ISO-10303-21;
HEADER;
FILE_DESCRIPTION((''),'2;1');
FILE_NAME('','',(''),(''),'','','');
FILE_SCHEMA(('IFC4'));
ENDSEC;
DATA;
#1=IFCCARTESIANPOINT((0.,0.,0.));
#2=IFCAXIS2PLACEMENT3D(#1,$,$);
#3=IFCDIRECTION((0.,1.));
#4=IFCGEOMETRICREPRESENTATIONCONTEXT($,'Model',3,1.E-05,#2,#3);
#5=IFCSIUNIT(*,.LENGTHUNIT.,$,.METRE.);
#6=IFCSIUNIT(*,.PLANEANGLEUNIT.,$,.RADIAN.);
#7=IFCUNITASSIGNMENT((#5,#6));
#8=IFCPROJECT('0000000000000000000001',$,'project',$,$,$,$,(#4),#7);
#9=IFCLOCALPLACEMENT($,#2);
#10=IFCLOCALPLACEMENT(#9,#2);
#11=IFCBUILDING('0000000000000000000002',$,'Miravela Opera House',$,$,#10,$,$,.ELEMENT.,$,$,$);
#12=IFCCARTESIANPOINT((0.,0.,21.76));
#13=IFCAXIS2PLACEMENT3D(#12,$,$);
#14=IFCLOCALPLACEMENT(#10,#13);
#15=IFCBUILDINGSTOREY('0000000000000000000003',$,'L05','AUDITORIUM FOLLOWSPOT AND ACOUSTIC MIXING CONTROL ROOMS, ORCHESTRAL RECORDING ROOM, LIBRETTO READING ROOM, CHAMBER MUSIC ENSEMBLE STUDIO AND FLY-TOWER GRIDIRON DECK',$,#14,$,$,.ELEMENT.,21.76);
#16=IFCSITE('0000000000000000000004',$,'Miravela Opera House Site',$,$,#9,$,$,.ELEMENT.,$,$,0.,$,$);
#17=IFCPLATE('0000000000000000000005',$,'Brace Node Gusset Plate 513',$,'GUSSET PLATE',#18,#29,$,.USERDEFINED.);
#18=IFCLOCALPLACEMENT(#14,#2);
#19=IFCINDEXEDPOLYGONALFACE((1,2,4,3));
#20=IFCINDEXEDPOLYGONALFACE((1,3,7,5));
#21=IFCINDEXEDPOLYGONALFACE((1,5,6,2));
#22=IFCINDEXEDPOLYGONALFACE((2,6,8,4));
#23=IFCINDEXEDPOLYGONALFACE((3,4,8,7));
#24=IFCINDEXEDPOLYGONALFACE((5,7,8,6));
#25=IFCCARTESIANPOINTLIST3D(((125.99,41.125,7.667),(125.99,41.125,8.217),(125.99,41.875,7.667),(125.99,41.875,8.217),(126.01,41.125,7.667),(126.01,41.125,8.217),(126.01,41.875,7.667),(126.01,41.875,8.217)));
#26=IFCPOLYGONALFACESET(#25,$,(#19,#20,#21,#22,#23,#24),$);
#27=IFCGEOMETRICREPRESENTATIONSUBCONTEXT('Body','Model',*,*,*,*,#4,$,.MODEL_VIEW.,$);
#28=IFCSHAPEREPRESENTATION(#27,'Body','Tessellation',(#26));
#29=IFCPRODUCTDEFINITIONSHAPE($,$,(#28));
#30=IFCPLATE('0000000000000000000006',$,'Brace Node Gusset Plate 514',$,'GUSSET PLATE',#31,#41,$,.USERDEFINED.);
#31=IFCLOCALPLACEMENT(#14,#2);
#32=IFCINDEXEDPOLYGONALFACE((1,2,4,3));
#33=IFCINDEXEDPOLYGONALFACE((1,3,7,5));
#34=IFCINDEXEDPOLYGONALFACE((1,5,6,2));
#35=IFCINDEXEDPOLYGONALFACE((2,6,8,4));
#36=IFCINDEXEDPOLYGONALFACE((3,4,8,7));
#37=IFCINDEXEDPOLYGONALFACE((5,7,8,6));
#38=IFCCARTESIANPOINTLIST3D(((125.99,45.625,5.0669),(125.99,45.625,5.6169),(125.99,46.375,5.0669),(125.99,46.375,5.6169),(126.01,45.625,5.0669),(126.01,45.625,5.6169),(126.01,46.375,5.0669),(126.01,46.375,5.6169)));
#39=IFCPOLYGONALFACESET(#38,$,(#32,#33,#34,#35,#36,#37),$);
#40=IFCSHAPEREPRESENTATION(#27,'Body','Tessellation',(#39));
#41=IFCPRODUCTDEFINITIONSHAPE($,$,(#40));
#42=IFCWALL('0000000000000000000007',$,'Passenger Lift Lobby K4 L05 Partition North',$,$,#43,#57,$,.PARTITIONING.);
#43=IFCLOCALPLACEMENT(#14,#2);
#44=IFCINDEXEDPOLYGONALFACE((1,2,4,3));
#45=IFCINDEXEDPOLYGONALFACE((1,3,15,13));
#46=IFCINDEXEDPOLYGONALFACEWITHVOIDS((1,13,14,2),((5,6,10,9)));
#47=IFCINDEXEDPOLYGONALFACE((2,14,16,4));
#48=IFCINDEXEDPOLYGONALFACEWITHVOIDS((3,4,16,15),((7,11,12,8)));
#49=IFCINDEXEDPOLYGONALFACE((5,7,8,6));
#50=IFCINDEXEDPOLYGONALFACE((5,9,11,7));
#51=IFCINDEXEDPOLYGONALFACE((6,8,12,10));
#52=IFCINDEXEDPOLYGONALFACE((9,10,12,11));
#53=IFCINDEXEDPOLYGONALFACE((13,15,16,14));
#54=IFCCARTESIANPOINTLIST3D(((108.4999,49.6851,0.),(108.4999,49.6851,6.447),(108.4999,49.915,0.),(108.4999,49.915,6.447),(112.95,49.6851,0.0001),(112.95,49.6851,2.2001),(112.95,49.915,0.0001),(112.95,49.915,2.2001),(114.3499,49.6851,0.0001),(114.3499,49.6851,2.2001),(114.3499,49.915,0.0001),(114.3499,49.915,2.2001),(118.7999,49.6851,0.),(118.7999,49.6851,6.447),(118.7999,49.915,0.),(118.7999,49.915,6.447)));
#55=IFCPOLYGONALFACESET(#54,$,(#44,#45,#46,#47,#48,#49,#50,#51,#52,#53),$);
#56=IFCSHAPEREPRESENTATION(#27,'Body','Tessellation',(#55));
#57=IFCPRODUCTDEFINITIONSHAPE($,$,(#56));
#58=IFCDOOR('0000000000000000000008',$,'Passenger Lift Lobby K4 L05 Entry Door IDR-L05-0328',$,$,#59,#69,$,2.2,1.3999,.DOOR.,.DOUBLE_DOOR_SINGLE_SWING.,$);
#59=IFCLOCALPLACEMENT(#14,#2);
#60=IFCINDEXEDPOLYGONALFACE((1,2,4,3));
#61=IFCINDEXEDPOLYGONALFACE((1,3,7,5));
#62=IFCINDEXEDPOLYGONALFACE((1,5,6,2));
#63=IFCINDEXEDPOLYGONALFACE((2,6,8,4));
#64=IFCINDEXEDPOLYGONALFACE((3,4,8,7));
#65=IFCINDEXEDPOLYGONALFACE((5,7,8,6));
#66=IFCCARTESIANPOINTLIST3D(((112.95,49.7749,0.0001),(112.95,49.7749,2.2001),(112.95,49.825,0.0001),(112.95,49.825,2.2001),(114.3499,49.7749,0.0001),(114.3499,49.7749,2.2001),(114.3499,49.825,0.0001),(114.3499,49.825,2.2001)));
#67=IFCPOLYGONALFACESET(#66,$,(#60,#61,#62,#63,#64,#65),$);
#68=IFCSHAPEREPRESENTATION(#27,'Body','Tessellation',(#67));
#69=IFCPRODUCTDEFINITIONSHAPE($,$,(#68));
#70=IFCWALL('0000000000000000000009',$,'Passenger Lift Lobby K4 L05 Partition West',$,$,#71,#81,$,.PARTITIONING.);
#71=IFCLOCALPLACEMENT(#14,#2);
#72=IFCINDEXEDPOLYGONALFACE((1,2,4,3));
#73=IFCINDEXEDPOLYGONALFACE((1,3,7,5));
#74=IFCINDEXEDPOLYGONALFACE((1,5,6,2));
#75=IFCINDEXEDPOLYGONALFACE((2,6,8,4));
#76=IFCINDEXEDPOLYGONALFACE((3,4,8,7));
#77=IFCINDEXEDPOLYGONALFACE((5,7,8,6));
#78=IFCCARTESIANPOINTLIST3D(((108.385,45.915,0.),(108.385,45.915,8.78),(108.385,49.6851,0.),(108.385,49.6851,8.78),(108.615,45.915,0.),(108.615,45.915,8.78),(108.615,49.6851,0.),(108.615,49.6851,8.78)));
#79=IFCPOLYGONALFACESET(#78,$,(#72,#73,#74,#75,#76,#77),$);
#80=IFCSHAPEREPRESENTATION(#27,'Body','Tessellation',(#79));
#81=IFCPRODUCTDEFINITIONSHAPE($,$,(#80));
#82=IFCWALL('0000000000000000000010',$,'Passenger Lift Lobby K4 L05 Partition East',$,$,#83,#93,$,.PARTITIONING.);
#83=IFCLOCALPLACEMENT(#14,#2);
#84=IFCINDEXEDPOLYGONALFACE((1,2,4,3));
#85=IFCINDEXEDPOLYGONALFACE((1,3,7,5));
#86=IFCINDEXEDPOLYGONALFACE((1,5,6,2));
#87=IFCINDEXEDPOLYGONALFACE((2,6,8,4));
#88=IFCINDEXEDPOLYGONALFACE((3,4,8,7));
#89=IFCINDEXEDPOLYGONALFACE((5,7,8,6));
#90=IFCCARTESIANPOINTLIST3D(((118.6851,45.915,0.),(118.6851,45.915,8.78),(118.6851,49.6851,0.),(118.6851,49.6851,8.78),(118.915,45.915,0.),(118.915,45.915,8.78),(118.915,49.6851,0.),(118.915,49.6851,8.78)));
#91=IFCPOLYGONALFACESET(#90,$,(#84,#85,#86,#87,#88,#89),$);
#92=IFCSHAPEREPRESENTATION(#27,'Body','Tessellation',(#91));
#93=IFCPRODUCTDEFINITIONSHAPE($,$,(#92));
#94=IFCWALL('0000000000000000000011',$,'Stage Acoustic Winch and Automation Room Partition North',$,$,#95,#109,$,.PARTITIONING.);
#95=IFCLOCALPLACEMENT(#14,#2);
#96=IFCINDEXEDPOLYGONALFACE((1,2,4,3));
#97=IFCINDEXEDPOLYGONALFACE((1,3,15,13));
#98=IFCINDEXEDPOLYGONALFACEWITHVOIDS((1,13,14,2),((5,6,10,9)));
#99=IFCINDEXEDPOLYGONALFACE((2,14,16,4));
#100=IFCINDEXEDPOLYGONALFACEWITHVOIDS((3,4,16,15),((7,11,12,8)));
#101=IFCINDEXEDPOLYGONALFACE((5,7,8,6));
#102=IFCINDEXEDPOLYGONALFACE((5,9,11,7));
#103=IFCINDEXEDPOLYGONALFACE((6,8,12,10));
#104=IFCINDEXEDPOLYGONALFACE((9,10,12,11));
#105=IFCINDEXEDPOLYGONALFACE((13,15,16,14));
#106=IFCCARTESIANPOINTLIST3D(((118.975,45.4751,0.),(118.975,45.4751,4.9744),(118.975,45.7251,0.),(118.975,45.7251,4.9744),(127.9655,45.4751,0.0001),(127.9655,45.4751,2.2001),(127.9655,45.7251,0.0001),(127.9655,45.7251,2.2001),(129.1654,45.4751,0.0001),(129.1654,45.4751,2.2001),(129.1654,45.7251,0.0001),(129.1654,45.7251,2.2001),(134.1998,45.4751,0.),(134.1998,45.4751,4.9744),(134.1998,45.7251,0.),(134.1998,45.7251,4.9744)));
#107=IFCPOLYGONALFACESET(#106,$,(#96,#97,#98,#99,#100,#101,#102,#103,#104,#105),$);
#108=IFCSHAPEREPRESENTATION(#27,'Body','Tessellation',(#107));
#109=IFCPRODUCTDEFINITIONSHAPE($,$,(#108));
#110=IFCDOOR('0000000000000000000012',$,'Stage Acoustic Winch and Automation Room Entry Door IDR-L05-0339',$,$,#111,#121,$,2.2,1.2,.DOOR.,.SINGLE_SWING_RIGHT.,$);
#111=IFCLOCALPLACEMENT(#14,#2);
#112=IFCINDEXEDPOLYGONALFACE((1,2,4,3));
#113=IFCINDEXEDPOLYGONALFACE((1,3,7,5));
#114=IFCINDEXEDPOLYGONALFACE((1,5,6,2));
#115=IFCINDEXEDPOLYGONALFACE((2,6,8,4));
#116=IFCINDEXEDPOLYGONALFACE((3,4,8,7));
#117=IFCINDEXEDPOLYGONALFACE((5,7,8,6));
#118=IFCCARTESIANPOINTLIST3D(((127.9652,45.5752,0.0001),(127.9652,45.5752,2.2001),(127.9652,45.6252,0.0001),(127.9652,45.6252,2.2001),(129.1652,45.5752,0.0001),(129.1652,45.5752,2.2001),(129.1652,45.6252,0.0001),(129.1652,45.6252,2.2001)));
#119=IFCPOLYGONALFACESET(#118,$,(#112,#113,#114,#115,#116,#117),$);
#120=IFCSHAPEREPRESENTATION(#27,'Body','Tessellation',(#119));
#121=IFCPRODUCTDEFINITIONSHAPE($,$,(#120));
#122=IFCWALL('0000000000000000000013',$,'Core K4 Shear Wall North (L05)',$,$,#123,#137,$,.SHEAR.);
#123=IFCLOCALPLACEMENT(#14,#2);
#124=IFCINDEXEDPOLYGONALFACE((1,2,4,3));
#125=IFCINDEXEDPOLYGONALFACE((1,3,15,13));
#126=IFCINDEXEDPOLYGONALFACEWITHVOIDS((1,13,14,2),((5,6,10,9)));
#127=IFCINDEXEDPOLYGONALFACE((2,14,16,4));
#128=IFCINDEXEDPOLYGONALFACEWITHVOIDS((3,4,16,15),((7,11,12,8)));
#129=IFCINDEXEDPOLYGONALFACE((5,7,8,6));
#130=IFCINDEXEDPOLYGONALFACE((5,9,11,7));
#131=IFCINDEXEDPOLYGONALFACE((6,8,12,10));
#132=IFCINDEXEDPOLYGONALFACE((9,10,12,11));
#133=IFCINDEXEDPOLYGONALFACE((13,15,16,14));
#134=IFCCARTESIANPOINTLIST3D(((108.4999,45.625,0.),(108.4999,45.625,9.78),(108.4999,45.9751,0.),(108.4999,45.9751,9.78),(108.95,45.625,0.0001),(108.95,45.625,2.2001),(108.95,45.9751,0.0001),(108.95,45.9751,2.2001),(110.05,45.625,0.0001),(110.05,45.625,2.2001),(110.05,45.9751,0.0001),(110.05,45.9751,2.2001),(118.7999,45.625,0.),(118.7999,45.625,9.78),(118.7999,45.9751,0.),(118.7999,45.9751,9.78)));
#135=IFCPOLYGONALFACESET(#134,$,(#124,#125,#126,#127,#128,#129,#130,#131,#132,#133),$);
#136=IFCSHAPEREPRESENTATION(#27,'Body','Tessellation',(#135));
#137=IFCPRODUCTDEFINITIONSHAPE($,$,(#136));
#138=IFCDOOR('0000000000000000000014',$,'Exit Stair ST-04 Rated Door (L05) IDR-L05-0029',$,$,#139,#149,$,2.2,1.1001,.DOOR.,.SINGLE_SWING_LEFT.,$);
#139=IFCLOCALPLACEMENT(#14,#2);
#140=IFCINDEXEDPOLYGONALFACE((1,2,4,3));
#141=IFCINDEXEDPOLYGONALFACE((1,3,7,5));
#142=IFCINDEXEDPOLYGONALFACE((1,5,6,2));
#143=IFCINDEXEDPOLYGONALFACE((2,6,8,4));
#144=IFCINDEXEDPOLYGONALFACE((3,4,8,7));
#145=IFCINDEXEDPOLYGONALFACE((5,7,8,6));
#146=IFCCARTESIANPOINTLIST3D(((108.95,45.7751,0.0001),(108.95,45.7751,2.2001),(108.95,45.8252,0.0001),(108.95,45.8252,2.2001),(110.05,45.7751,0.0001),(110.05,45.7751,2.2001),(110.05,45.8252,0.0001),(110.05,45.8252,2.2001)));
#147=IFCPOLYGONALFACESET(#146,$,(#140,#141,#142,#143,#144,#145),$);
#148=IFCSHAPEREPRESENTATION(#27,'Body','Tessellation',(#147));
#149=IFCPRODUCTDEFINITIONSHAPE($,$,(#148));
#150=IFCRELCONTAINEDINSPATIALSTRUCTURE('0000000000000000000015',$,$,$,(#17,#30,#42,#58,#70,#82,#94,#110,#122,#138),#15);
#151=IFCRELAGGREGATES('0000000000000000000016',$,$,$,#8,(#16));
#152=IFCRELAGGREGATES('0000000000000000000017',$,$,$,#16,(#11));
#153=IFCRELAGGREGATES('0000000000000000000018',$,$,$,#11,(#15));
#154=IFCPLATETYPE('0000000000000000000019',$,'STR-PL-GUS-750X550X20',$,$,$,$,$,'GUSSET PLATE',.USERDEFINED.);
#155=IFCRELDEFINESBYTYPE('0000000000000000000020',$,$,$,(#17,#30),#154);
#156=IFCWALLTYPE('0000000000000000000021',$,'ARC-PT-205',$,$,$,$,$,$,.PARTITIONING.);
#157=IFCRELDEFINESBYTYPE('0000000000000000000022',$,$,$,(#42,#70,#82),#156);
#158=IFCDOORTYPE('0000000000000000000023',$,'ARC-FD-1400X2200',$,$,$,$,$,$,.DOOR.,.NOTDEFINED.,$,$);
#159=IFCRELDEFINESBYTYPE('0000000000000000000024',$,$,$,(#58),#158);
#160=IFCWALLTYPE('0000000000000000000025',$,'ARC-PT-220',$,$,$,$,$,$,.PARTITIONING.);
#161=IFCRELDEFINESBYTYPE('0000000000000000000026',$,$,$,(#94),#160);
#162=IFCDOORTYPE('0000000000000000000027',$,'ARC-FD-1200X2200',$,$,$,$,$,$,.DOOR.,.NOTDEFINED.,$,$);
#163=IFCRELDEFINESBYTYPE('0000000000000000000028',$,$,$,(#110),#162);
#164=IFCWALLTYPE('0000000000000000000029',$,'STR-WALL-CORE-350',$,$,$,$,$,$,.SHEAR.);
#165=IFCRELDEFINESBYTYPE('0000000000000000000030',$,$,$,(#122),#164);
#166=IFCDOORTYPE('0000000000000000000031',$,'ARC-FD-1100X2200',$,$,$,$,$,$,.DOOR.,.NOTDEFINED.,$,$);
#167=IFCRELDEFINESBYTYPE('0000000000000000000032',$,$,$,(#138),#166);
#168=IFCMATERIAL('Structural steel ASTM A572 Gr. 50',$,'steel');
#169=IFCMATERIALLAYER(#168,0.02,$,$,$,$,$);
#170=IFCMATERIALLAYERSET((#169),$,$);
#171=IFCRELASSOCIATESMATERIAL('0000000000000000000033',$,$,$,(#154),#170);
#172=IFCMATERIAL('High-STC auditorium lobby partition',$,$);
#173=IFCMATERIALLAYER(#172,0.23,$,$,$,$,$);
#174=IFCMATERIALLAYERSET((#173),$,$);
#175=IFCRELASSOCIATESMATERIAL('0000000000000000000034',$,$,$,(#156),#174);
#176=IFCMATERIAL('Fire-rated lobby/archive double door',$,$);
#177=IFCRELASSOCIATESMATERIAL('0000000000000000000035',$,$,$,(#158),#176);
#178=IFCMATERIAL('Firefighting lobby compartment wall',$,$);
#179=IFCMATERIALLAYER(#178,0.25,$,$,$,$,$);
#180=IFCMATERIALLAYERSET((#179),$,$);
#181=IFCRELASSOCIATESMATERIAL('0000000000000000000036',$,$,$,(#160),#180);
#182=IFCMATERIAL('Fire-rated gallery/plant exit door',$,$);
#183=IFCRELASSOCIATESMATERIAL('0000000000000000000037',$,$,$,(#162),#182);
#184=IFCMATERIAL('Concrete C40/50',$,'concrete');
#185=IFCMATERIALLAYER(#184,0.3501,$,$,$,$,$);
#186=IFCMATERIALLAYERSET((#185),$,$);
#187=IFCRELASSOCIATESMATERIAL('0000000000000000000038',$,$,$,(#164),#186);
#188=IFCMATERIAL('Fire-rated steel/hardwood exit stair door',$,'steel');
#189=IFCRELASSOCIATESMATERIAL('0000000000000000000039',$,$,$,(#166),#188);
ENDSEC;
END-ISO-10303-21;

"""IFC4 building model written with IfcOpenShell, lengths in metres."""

from ifc_helpers import new_model, si_unit, direction, frame, frame_2d, origin, origin_2d, place, context, subcontext, project, spatial, rectangle, extrude, material, layer, layer_set, type_object, element, fill, save


model = new_model("IFC4")

# Units and contexts
model_context = context("Model", 3, precision=1e-05, world=origin(), true_north=direction((0.0, 1.0)))
body_context = subcontext(model_context, "Body", "Model", "MODEL_VIEW")
ifc_project = project(units=[si_unit("LENGTHUNIT", "METRE"), si_unit("PLANEANGLEUNIT", "RADIAN")], contexts=[model_context])

# Site, building, storey
site_placement = place(None, origin())
site = spatial("IfcSite", under=ifc_project, at=site_placement, Name="Miravela Opera House Site", CompositionType="ELEMENT", RefElevation=0.0)
building_placement = place(site_placement, origin())
building = spatial("IfcBuilding", under=site, at=building_placement, Name="Miravela Opera House", CompositionType="ELEMENT")
storey_placement = place(building_placement, frame((0.0, 0.0, 21.76)))
storey = spatial("IfcBuildingStorey", under=building, at=storey_placement, Name="L05", Description="AUDITORIUM FOLLOWSPOT AND ACOUSTIC MIXING CONTROL ROOMS, ORCHESTRAL RECORDING ROOM, LIBRETTO READING ROOM, CHAMBER MUSIC ENSEMBLE STUDIO AND FLY-TOWER GRIDIRON DECK", CompositionType="ELEMENT", Elevation=21.76)

# Plates
ifc_material_1 = material(Name="Structural steel ASTM A572 Gr. 50", Category="steel")
ifc_layer_1 = layer(ifc_material_1, 0.02)
ifc_layer_set_1 = layer_set([ifc_layer_1])
plate_type = type_object("IfcPlateType", Name="STR-PL-GUS-750X550X20", ElementType="GUSSET PLATE", PredefinedType="USERDEFINED", material=ifc_layer_set_1)
for number, where, z_axis, x_axis, name in (
    (1, (126.0, 41.5, 7.667), (0.0, 0.0, 1.0), (0.0, 1.0, 0.0), "Brace Node Gusset Plate 513"),
    (2, (126.0, 46.0, 5.0669), (0.0, 0.0, 1.0), (0.0, 1.0, 0.0), "Brace Node Gusset Plate 514"),
):
    element("IfcPlate", number, at=place(storey_placement, frame(where, z_axis=z_axis, x_axis=x_axis)), inside=storey, type_object=plate_type, Name=name, ObjectType="GUSSET PLATE", PredefinedType="USERDEFINED", context=body_context, shape_type="SweptSolid", body=[
        extrude(rectangle(XDim=0.75, YDim=0.02, at=origin_2d()), origin(), (0.0, 0.0, 1.0), 0.55),
    ])

# Wall, opening, door
ifc_material_2 = material(Name="High-STC auditorium lobby partition")
ifc_layer_2 = layer(ifc_material_2, 0.23)
ifc_layer_set_2 = layer_set([ifc_layer_2])
wall_type_1 = type_object("IfcWallType", Name="ARC-PT-205", PredefinedType="PARTITIONING", material=ifc_layer_set_2)
wall_1_placement = place(storey_placement, frame((108.5, 49.8, 0.0), z_axis=(0.0, 0.0, 1.0), x_axis=(1.0, 0.0, 0.0)))
wall_1 = element("IfcWall", 3, at=wall_1_placement, inside=storey, type_object=wall_type_1, Name="Passenger Lift Lobby K4 L05 Partition North", PredefinedType="PARTITIONING", context=body_context, shape_type="SweptSolid", body=[
    extrude(rectangle(XDim=10.3, YDim=0.23, at=frame_2d((5.1499, 0.0))), origin(), (0.0, 0.0, 1.0), 6.447),
])
opening_1_placement = place(wall_1_placement, frame((4.45, 0.0, 0.0)))
opening_1 = element("IfcOpeningElement", 4, at=opening_1_placement, cuts=wall_1, PredefinedType="OPENING", context=body_context, shape_type="SweptSolid", body=[
    extrude(rectangle(XDim=1.3999, YDim=2.2, at=frame_2d((0.7, 1.1001))), frame((0.0, 0.125, 0.0), z_axis=(0.0, -1.0, 0.0), x_axis=(1.0, 0.0, 0.0)), (0.0, 0.0, 1.0), 0.25),
])
ifc_material_3 = material(Name="Fire-rated lobby/archive double door")
door_type_1 = type_object("IfcDoorType", Name="ARC-FD-1400X2200", OperationType="NOTDEFINED", PredefinedType="DOOR", material=ifc_material_3)
door_1_placement = place(opening_1_placement, origin())
door_1 = element("IfcDoor", 5, at=door_1_placement, inside=storey, type_object=door_type_1, Name="Passenger Lift Lobby K4 L05 Entry Door IDR-L05-0328", OperationType="DOUBLE_DOOR_SINGLE_SWING", OverallHeight=2.2, OverallWidth=1.3999, PredefinedType="DOOR", context=body_context, shape_type="SweptSolid", body=[
    extrude(rectangle(XDim=1.3999, YDim=2.2, at=frame_2d((0.7, 1.1001))), frame((0.0, 0.0249, 0.0), z_axis=(0.0, -1.0, 0.0), x_axis=(1.0, 0.0, 0.0)), (0.0, 0.0, 1.0), 0.05),
])
fill(opening_1, door_1)

# Walls
for number, where, z_axis, x_axis, name in (
    (6, (108.5, 45.915, 0.0), (0.0, 0.0, 1.0), (0.0, 1.0, 0.0), "Passenger Lift Lobby K4 L05 Partition West"),
    (7, (118.8, 45.915, 0.0), (0.0, 0.0, 1.0), (0.0, 1.0, 0.0), "Passenger Lift Lobby K4 L05 Partition East"),
):
    element("IfcWall", number, at=place(storey_placement, frame(where, z_axis=z_axis, x_axis=x_axis)), inside=storey, type_object=wall_type_1, Name=name, PredefinedType="PARTITIONING", context=body_context, shape_type="SweptSolid", body=[
        extrude(rectangle(XDim=3.77, YDim=0.23, at=frame_2d((1.885, 0.0))), origin(), (0.0, 0.0, 1.0), 8.78),
    ])

# Walls, openings, doors
ifc_material_4 = material(Name="Firefighting lobby compartment wall")
ifc_layer_3 = layer(ifc_material_4, 0.25)
ifc_layer_set_3 = layer_set([ifc_layer_3])
wall_type_2 = type_object("IfcWallType", Name="ARC-PT-220", PredefinedType="PARTITIONING", material=ifc_layer_set_3)
wall_2_placement = place(storey_placement, frame((118.9751, 45.6001, 0.0), z_axis=(0.0, 0.0, 1.0), x_axis=(1.0, 0.0, 0.0)))
wall_2 = element("IfcWall", 8, at=wall_2_placement, inside=storey, type_object=wall_type_2, Name="Stage Acoustic Winch and Automation Room Partition North", PredefinedType="PARTITIONING", context=body_context, shape_type="SweptSolid", body=[
    extrude(rectangle(XDim=15.2249, YDim=0.25, at=frame_2d((7.6123, 0.0))), origin(), (0.0, 0.0, 1.0), 4.9744),
])
opening_2_placement = place(wall_2_placement, frame((8.9902, 0.0, 0.0)))
opening_2 = element("IfcOpeningElement", 9, at=opening_2_placement, cuts=wall_2, PredefinedType="OPENING", context=body_context, shape_type="SweptSolid", body=[
    extrude(rectangle(XDim=1.2, YDim=2.2, at=frame_2d((0.6001, 1.1001))), frame((0.0, 0.135, 0.0), z_axis=(0.0, -1.0, 0.0), x_axis=(1.0, 0.0, 0.0)), (0.0, 0.0, 1.0), 0.27),
])
ifc_material_5 = material(Name="Fire-rated gallery/plant exit door")
door_type_2 = type_object("IfcDoorType", Name="ARC-FD-1200X2200", OperationType="NOTDEFINED", PredefinedType="DOOR", material=ifc_material_5)
door_2_placement = place(opening_2_placement, frame((1.2, 0.0, 0.0), z_axis=(0.0, 0.0, 1.0), x_axis=(-1.0, 0.0, 0.0)))
door_2 = element("IfcDoor", 10, at=door_2_placement, inside=storey, type_object=door_type_2, Name="Stage Acoustic Winch and Automation Room Entry Door IDR-L05-0339", OperationType="SINGLE_SWING_RIGHT", OverallHeight=2.2, OverallWidth=1.2, PredefinedType="DOOR", context=body_context, shape_type="SweptSolid", body=[
    extrude(rectangle(XDim=1.2, YDim=2.2, at=frame_2d((0.6001, 1.1001))), frame((0.0, 0.0249, 0.0), z_axis=(0.0, -1.0, 0.0), x_axis=(1.0, 0.0, 0.0)), (0.0, 0.0, 1.0), 0.05),
])
fill(opening_2, door_2)
ifc_material_6 = material(Name="Concrete C40/50", Category="concrete")
ifc_layer_4 = layer(ifc_material_6, 0.3501)
ifc_layer_set_4 = layer_set([ifc_layer_4])
wall_type_3 = type_object("IfcWallType", Name="STR-WALL-CORE-350", PredefinedType="SHEAR", material=ifc_layer_set_4)
wall_3_placement = place(storey_placement, frame((108.5, 45.8, 0.0), z_axis=(0.0, 0.0, 1.0), x_axis=(1.0, 0.0, 0.0)))
wall_3 = element("IfcWall", 11, at=wall_3_placement, inside=storey, type_object=wall_type_3, Name="Core K4 Shear Wall North (L05)", PredefinedType="SHEAR", context=body_context, shape_type="SweptSolid", body=[
    extrude(rectangle(XDim=10.3, YDim=0.3501, at=frame_2d((5.1499, 0.0))), origin(), (0.0, 0.0, 1.0), 9.78),
])
opening_3_placement = place(wall_3_placement, frame((0.45, 0.0, 0.0)))
opening_3 = element("IfcOpeningElement", 12, at=opening_3_placement, cuts=wall_3, PredefinedType="OPENING", context=body_context, shape_type="SweptSolid", body=[
    extrude(rectangle(XDim=1.1001, YDim=2.2, at=frame_2d((0.55, 1.1001))), frame((0.0, 0.1851, 0.0), z_axis=(0.0, -1.0, 0.0), x_axis=(1.0, 0.0, 0.0)), (0.0, 0.0, 1.0), 0.3701),
])
ifc_material_7 = material(Name="Fire-rated steel/hardwood exit stair door", Category="steel")
door_type_3 = type_object("IfcDoorType", Name="ARC-FD-1100X2200", OperationType="NOTDEFINED", PredefinedType="DOOR", material=ifc_material_7)
door_3_placement = place(opening_3_placement, frame((1.1001, 0.0, 0.0), z_axis=(0.0, 0.0, 1.0), x_axis=(-1.0, 0.0, 0.0)))
door_3 = element("IfcDoor", 13, at=door_3_placement, inside=storey, type_object=door_type_3, Name="Exit Stair ST-04 Rated Door (L05) IDR-L05-0029", OperationType="SINGLE_SWING_LEFT", OverallHeight=2.2, OverallWidth=1.1001, PredefinedType="DOOR", context=body_context, shape_type="SweptSolid", body=[
    extrude(rectangle(XDim=1.1001, YDim=2.2, at=frame_2d((0.55, 1.1001))), frame((0.0, 0.0249, 0.0), z_axis=(0.0, -1.0, 0.0), x_axis=(1.0, 0.0, 0.0)), (0.0, 0.0, 1.0), 0.05),
])
fill(opening_3, door_3)

save(model, "model.ifc")
